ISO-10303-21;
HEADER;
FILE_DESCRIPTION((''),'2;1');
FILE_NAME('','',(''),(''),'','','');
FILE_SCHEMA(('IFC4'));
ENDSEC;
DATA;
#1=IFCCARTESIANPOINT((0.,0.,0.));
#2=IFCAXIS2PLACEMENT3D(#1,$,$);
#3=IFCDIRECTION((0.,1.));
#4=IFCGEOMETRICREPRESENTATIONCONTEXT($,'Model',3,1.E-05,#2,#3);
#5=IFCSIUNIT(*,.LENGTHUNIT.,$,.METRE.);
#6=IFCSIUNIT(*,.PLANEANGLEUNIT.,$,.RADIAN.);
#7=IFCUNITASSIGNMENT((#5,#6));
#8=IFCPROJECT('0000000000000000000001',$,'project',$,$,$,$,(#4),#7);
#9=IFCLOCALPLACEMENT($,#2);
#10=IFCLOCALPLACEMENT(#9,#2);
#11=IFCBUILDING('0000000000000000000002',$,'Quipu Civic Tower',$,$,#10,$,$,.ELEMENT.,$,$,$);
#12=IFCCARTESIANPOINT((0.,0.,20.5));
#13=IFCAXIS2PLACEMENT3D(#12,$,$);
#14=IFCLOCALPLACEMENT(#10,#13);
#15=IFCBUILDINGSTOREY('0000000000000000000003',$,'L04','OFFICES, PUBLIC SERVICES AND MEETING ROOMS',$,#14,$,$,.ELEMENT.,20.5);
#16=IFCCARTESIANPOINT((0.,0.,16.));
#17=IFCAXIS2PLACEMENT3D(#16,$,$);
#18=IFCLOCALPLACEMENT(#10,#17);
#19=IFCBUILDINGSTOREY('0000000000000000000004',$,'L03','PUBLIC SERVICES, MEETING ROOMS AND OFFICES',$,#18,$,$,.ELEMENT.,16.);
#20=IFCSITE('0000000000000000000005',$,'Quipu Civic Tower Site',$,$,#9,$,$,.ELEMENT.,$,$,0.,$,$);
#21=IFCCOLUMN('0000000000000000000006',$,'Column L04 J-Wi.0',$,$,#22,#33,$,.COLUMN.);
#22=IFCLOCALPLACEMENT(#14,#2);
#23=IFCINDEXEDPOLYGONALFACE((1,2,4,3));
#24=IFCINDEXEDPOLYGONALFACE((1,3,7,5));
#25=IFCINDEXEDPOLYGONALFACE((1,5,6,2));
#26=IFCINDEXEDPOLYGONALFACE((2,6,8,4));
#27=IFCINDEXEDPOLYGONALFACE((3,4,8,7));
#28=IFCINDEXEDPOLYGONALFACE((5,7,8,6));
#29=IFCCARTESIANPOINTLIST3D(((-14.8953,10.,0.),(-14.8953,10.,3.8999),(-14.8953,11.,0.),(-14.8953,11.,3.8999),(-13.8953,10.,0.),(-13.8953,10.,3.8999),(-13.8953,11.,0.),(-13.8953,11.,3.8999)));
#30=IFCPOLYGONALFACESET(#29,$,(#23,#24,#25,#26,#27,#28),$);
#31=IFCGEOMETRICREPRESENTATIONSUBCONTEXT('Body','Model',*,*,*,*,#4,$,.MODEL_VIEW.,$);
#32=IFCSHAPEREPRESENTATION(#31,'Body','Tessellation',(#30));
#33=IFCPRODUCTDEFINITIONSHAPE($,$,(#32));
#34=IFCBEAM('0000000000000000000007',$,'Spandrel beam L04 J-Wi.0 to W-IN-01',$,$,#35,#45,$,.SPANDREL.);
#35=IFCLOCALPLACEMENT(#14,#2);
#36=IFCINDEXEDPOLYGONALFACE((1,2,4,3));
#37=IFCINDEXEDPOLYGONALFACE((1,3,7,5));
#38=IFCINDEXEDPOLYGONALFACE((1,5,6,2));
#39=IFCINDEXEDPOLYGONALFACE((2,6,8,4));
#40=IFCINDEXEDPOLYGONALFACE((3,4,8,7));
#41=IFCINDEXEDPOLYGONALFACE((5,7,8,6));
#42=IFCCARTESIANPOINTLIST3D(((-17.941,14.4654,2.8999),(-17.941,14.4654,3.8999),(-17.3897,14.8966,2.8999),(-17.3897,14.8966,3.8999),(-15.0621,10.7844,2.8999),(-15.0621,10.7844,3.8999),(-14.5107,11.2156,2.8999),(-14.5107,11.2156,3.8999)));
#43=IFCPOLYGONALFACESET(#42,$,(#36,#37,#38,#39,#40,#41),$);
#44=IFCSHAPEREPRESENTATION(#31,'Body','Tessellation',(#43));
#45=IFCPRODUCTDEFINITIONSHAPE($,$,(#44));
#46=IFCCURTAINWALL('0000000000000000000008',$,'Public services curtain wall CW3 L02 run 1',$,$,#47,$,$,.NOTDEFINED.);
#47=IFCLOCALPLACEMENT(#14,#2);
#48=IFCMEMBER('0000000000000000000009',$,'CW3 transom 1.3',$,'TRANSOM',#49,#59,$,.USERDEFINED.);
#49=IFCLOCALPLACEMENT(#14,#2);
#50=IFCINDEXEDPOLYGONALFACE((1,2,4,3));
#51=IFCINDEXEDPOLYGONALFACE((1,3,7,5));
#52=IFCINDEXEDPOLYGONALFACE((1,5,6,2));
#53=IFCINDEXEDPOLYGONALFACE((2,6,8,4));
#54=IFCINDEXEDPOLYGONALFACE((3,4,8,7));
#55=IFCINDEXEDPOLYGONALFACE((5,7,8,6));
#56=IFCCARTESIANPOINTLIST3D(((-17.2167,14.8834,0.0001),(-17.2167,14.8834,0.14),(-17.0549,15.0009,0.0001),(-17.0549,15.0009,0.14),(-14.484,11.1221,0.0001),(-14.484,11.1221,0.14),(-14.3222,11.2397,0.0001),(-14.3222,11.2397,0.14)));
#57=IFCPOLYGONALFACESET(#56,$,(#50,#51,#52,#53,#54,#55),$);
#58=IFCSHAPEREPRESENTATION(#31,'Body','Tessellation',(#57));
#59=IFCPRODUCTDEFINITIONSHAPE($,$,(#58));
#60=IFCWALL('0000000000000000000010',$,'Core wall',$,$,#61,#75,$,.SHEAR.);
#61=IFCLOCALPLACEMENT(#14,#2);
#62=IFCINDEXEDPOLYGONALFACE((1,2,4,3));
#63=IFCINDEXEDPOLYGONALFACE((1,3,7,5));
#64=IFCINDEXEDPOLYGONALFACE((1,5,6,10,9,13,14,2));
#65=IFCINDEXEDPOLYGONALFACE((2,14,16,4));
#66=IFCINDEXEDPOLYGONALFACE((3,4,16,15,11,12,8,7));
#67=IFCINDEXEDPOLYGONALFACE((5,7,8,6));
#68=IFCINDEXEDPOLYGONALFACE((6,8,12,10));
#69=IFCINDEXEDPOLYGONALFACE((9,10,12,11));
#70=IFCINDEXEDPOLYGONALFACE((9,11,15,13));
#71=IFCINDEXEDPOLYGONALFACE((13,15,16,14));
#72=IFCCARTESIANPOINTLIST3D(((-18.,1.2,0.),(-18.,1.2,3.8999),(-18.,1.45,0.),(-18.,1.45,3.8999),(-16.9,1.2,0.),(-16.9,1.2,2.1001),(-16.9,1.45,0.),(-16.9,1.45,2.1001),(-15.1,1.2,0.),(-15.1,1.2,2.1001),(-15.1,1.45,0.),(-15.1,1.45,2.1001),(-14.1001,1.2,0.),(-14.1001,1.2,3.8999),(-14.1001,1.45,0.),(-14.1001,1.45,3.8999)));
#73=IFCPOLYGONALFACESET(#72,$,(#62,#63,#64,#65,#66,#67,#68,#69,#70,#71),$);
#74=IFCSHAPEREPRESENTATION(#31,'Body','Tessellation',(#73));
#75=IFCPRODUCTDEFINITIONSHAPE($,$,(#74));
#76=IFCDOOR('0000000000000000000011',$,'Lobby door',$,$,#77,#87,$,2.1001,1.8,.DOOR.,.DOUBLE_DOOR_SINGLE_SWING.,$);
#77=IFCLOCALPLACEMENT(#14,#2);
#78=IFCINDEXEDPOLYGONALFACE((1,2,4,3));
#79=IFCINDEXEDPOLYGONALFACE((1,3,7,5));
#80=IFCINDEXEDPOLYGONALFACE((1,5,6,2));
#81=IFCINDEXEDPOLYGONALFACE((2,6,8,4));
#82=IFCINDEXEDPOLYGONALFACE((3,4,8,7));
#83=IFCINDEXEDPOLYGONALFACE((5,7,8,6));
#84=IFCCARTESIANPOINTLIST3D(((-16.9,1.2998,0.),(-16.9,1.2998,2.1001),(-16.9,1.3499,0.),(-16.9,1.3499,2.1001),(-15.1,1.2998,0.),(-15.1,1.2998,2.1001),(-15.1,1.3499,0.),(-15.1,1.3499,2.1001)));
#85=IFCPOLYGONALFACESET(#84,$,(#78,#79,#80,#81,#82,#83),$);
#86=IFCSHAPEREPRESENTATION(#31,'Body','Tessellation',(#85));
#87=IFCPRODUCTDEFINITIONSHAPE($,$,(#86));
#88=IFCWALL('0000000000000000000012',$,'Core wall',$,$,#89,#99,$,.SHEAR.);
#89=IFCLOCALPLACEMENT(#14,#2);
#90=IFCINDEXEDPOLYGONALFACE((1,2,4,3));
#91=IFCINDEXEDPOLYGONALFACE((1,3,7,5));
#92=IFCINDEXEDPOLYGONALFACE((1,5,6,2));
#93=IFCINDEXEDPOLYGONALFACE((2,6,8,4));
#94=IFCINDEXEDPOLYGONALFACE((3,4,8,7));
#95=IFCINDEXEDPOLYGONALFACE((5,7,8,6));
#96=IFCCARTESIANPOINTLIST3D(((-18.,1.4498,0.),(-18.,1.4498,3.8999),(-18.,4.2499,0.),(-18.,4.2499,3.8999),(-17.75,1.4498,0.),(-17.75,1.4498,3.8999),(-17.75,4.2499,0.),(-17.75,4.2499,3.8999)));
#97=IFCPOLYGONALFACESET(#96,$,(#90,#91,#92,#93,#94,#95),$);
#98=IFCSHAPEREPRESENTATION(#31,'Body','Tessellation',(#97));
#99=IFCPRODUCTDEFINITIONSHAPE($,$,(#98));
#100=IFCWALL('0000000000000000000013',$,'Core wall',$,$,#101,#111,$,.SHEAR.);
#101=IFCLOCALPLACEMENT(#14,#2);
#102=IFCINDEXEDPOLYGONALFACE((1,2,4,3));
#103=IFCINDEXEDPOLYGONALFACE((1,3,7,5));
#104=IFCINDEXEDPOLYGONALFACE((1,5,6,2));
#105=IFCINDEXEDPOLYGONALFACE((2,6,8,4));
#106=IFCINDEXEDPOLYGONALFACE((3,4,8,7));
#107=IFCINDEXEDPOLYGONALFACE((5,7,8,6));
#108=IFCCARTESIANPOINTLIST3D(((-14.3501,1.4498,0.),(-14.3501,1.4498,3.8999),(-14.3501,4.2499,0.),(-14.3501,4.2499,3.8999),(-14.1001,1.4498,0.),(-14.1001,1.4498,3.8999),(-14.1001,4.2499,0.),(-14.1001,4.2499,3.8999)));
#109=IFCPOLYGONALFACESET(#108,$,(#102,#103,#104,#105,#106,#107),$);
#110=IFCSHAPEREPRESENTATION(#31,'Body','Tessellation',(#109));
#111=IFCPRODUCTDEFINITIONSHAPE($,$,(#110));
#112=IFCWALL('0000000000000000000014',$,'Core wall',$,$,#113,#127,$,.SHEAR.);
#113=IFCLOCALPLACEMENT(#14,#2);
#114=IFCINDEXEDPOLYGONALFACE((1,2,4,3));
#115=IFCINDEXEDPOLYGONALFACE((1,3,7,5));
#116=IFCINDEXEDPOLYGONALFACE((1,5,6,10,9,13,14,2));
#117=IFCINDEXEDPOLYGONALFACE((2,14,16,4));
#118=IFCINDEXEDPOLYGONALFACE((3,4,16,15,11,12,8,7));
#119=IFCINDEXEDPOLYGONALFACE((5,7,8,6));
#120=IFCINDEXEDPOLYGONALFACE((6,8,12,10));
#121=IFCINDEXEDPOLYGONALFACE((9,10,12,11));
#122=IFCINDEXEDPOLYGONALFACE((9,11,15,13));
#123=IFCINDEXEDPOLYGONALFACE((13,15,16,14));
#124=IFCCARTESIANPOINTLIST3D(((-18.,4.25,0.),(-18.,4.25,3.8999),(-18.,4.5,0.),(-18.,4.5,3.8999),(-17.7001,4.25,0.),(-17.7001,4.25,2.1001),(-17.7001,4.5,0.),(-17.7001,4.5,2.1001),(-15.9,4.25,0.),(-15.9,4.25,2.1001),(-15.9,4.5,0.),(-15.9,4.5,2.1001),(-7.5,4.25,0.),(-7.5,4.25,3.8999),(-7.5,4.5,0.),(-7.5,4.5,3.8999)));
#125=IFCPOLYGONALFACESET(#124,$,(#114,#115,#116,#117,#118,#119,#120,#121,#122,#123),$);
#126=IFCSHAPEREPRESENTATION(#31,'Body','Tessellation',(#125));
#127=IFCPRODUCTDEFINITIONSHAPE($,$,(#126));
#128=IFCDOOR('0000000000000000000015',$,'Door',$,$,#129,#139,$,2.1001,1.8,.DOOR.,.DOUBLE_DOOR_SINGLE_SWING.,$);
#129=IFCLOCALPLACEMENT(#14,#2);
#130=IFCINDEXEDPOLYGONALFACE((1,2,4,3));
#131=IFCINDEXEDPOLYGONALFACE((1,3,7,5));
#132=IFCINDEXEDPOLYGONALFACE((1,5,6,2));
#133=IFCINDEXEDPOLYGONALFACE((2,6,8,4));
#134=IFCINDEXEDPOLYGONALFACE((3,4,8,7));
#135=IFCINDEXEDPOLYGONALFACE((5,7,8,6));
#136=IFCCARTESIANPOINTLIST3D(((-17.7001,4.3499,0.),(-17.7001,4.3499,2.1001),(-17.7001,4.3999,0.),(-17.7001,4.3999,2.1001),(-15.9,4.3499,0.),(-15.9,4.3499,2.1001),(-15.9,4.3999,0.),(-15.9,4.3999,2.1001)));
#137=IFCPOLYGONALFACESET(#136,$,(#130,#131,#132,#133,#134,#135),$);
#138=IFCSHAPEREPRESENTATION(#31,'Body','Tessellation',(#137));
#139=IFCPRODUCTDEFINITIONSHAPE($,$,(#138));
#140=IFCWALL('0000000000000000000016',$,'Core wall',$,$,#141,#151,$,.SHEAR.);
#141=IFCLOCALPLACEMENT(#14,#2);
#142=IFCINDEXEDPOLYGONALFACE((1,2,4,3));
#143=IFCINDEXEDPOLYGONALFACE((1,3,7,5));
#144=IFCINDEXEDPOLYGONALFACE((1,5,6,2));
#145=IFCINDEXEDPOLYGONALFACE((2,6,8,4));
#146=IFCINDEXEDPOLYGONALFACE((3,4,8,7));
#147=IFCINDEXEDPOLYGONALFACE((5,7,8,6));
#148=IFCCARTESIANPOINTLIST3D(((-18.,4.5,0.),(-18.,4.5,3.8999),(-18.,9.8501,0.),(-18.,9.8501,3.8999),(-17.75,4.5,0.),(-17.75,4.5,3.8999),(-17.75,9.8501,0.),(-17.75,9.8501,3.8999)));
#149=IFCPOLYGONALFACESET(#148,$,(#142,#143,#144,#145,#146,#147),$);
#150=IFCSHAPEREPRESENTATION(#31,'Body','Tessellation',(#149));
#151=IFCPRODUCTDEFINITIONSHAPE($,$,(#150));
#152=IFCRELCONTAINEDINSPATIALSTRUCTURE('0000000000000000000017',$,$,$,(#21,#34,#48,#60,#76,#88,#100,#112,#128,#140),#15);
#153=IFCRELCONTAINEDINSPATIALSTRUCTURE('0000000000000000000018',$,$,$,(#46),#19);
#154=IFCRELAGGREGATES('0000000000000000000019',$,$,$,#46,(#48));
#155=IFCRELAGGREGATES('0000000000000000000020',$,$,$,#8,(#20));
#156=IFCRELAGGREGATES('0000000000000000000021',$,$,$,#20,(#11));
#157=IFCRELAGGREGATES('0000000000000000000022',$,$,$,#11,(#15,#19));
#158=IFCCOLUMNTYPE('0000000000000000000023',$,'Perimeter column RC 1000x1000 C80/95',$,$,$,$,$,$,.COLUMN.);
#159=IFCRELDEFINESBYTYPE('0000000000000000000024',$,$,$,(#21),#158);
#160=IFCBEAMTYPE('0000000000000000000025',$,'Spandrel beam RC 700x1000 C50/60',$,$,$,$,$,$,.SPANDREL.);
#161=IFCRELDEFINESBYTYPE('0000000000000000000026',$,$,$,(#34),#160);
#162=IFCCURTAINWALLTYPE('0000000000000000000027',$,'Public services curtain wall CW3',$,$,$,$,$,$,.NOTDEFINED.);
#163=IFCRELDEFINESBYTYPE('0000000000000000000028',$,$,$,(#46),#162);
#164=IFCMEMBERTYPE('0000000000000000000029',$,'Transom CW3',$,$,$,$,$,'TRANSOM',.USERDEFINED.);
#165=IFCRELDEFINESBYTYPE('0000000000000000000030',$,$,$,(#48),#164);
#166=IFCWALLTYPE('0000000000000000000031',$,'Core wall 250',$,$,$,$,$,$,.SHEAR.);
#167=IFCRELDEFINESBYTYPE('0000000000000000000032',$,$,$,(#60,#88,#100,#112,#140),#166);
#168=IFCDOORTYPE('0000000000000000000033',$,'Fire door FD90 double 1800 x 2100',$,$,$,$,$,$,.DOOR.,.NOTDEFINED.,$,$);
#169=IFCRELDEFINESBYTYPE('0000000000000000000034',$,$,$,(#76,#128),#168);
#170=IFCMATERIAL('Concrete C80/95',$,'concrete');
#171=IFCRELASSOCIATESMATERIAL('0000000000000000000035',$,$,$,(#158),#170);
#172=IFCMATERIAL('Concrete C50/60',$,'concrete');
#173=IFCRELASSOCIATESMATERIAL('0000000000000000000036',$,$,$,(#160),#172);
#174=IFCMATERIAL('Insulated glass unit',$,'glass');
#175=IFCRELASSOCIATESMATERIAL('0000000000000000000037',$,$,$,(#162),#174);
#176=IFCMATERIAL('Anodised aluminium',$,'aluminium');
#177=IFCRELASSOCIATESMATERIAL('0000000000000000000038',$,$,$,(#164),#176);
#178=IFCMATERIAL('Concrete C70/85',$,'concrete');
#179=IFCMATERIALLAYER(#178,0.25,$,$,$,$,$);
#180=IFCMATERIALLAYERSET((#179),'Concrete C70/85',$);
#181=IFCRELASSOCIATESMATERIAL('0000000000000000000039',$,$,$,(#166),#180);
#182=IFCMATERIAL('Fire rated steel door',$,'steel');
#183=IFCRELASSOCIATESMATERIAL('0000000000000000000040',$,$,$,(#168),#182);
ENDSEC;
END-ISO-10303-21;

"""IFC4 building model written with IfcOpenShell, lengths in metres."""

from ifc_helpers import new_model, si_unit, direction, frame, frame_2d, origin, origin_2d, place, context, subcontext, project, spatial, rectangle, extrude, material, layer, layer_set, material_profile, profile_set, type_object, element, fill, aggregate, save


model = new_model("IFC4")

# Units and contexts
model_context = context("Model", 3, precision=1e-05, world=origin(), true_north=direction((0.0, 1.0)))
body_context = subcontext(model_context, "Body", "Model", "MODEL_VIEW")
ifc_project = project(units=[si_unit("LENGTHUNIT", "METRE"), si_unit("PLANEANGLEUNIT", "RADIAN")], contexts=[model_context])

# Site, building, storey
site_placement = place(None, origin())
site = spatial("IfcSite", under=ifc_project, at=site_placement, Name="Quipu Civic Tower Site", CompositionType="ELEMENT", RefElevation=0.0)
building_placement = place(site_placement, origin())
building = spatial("IfcBuilding", under=site, at=building_placement, Name="Quipu Civic Tower", CompositionType="ELEMENT")
storey_1_placement = place(building_placement, frame((0.0, 0.0, 20.5)))
storey_1 = spatial("IfcBuildingStorey", under=building, at=storey_1_placement, Name="L04", Description="OFFICES, PUBLIC SERVICES AND MEETING ROOMS", CompositionType="ELEMENT", Elevation=20.5)

# Column
ifc_material_1 = material(Name="Concrete C80/95", Category="concrete")
ifc_material_profile_1 = material_profile(ifc_material_1, rectangle(XDim=1.0, YDim=1.0, at=origin_2d()), Name="RC1000x1000")
ifc_profile_set_1 = profile_set([ifc_material_profile_1], Name="Concrete C80/95")
column_type = type_object("IfcColumnType", Name="Perimeter column RC 1000x1000 C80/95", PredefinedType="COLUMN", material=ifc_profile_set_1)
column_placement = place(storey_1_placement, frame((-14.3953, 10.5, 0.0), z_axis=(0.0, 0.0, 1.0), x_axis=(-1.0, 0.0, 0.0)))
element("IfcColumn", 1, at=column_placement, inside=storey_1, type_object=column_type, Name="Column L04 J-Wi.0", PredefinedType="COLUMN", context=body_context, shape_type="SweptSolid", body=[
    extrude(rectangle(XDim=1.0, YDim=1.0, at=origin_2d()), origin(), (0.0, 0.0, 1.0), 3.8999),
])

# Beam
ifc_material_2 = material(Name="Concrete C50/60", Category="concrete")
ifc_material_profile_2 = material_profile(ifc_material_2, rectangle(XDim=0.7, YDim=1.0, at=origin_2d()), Name="RC700x1000")
ifc_profile_set_2 = profile_set([ifc_material_profile_2], Name="Concrete C50/60")
beam_type = type_object("IfcBeamType", Name="Spandrel beam RC 700x1000 C50/60", PredefinedType="SPANDREL", material=ifc_profile_set_2)
beam_placement = place(storey_1_placement, frame((-14.7864, 11.0, 3.3999), z_axis=(-0.616069, 0.787692, 0.0), x_axis=(-0.787692, -0.616069, 0.0)))
element("IfcBeam", 2, at=beam_placement, inside=storey_1, type_object=beam_type, Name="Spandrel beam L04 J-Wi.0 to W-IN-01", PredefinedType="SPANDREL", context=body_context, shape_type="SweptSolid", body=[
    extrude(rectangle(XDim=0.7, YDim=1.0, at=origin_2d()), origin(), (0.0, 0.0, 1.0), 4.6731),
])

# Shared definitions
storey_2_placement = place(building_placement, frame((0.0, 0.0, 16.0)))
storey_2 = spatial("IfcBuildingStorey", under=building, at=storey_2_placement, Name="L03", Description="PUBLIC SERVICES, MEETING ROOMS AND OFFICES", CompositionType="ELEMENT", Elevation=16.0)

# Curtain wall, member
ifc_material_3 = material(Name="Insulated glass unit", Category="glass")
curtain_wall_type = type_object("IfcCurtainWallType", Name="Public services curtain wall CW3", PredefinedType="NOTDEFINED", material=ifc_material_3)
curtain_wall_placement = place(storey_2_placement, origin())
curtain_wall = element("IfcCurtainWall", 3, at=curtain_wall_placement, inside=storey_2, type_object=curtain_wall_type, Name="Public services curtain wall CW3 L02 run 1", PredefinedType="NOTDEFINED")
ifc_material_4 = material(Name="Anodised aluminium", Category="aluminium")
ifc_material_profile_3 = material_profile(ifc_material_4, rectangle(XDim=0.2, YDim=0.1399, at=origin_2d()), Name="RECT 200x140")
ifc_profile_set_3 = profile_set([ifc_material_profile_3], Name="Anodised aluminium")
member_type = type_object("IfcMemberType", Name="Transom CW3", ElementType="TRANSOM", PredefinedType="USERDEFINED", material=ifc_profile_set_3)
member_placement = place(storey_1_placement, frame((-14.4031, 11.1809, 0.0701), z_axis=(-0.587781, 0.80902, 0.0), x_axis=(-0.80902, -0.587781, 0.0)))
member = element("IfcMember", 4, at=member_placement, inside=storey_1, type_object=member_type, Name="CW3 transom 1.3", ObjectType="TRANSOM", PredefinedType="USERDEFINED", context=body_context, shape_type="SweptSolid", body=[
    extrude(rectangle(XDim=0.2, YDim=0.1399, at=origin_2d()), origin(), (0.0, 0.0, 1.0), 4.6492),
])
aggregate(curtain_wall, [member])

# Wall, opening, door
ifc_material_5 = material(Name="Concrete C70/85", Category="concrete")
ifc_layer_1 = layer(ifc_material_5, 0.25)
ifc_layer_set_1 = layer_set([ifc_layer_1], Name="Concrete C70/85")
wall_type_1 = type_object("IfcWallType", Name="Core wall 250", PredefinedType="SHEAR", material=ifc_layer_set_1)
wall_1_placement = place(storey_1_placement, frame((-18.0, 1.325, 0.0), z_axis=(0.0, 0.0, 1.0), x_axis=(1.0, 0.0, 0.0)))
wall_1 = element("IfcWall", 5, at=wall_1_placement, inside=storey_1, type_object=wall_type_1, Name="Core wall", PredefinedType="SHEAR", context=body_context, shape_type="SweptSolid", body=[
    extrude(rectangle(XDim=3.8999, YDim=0.25, at=frame_2d((1.95, 0.0))), origin(), (0.0, 0.0, 1.0), 3.8999),
])
opening_1_placement = place(wall_1_placement, frame((1.1001, 0.0, 0.0)))
opening_1 = element("IfcOpeningElement", 6, at=opening_1_placement, cuts=wall_1, PredefinedType="OPENING", context=body_context, shape_type="SweptSolid", body=[
    extrude(rectangle(XDim=1.8, YDim=2.1001, at=frame_2d((0.8999, 1.05))), frame((0.0, 0.135, 0.0), z_axis=(0.0, -1.0, 0.0), x_axis=(1.0, 0.0, 0.0)), (0.0, 0.0, 1.0), 0.27),
])
ifc_material_6 = material(Name="Fire rated steel door", Category="steel")
door_type_1 = type_object("IfcDoorType", Name="Fire door FD90 double 1800 x 2100", OperationType="NOTDEFINED", PredefinedType="DOOR", material=ifc_material_6)
door_1_placement = place(opening_1_placement, origin())
door_1 = element("IfcDoor", 7, at=door_1_placement, inside=storey_1, type_object=door_type_1, Name="Lobby door", OperationType="DOUBLE_DOOR_SINGLE_SWING", OverallHeight=2.1001, OverallWidth=1.8, PredefinedType="DOOR", context=body_context, shape_type="SweptSolid", body=[
    extrude(rectangle(XDim=1.8, YDim=2.1001, at=frame_2d((0.8999, 1.05))), frame((0.0, 0.0249, 0.0), z_axis=(0.0, -1.0, 0.0), x_axis=(1.0, 0.0, 0.0)), (0.0, 0.0, 1.0), 0.05),
])
fill(opening_1, door_1)

# Walls
for number, where, z_axis, x_axis, name in (
    (8, (-17.875, 1.45, 0.0), (0.0, 0.0, 1.0), (0.0, 1.0, 0.0), "Core wall"),
    (9, (-14.2251, 1.45, 0.0), (0.0, 0.0, 1.0), (0.0, 1.0, 0.0), "Core wall"),
):
    element("IfcWall", number, at=place(storey_1_placement, frame(where, z_axis=z_axis, x_axis=x_axis)), inside=storey_1, type_object=wall_type_1, Name=name, PredefinedType="SHEAR", context=body_context, shape_type="SweptSolid", body=[
        extrude(rectangle(XDim=2.8, YDim=0.25, at=frame_2d((1.3999, 0.0))), origin(), (0.0, 0.0, 1.0), 3.8999),
    ])

# Wall, opening, door
wall_2_placement = place(storey_1_placement, frame((-18.0, 4.375, 0.0), z_axis=(0.0, 0.0, 1.0), x_axis=(1.0, 0.0, 0.0)))
wall_2 = element("IfcWall", 10, at=wall_2_placement, inside=storey_1, type_object=wall_type_1, Name="Core wall", PredefinedType="SHEAR", context=body_context, shape_type="SweptSolid", body=[
    extrude(rectangle(XDim=10.5, YDim=0.25, at=frame_2d((5.25, 0.0))), origin(), (0.0, 0.0, 1.0), 3.8999),
])
opening_2_placement = place(wall_2_placement, frame((0.3, 0.0, 0.0)))
opening_2 = element("IfcOpeningElement", 11, at=opening_2_placement, cuts=wall_2, PredefinedType="OPENING", context=body_context, shape_type="SweptSolid", body=[
    extrude(rectangle(XDim=1.8, YDim=2.1001, at=frame_2d((0.8999, 1.05))), frame((0.0, 0.135, 0.0), z_axis=(0.0, -1.0, 0.0), x_axis=(1.0, 0.0, 0.0)), (0.0, 0.0, 1.0), 0.27),
])
door_2_placement = place(opening_2_placement, origin())
door_2 = element("IfcDoor", 12, at=door_2_placement, inside=storey_1, type_object=door_type_1, Name="Door", OperationType="DOUBLE_DOOR_SINGLE_SWING", OverallHeight=2.1001, OverallWidth=1.8, PredefinedType="DOOR", context=body_context, shape_type="SweptSolid", body=[
    extrude(rectangle(XDim=1.8, YDim=2.1001, at=frame_2d((0.8999, 1.05))), frame((0.0, 0.0249, 0.0), z_axis=(0.0, -1.0, 0.0), x_axis=(1.0, 0.0, 0.0)), (0.0, 0.0, 1.0), 0.05),
])
fill(opening_2, door_2)

# Wall
wall_3_placement = place(storey_1_placement, frame((-17.875, 4.5, 0.0), z_axis=(0.0, 0.0, 1.0), x_axis=(0.0, 1.0, 0.0)))
element("IfcWall", 13, at=wall_3_placement, inside=storey_1, type_object=wall_type_1, Name="Core wall", PredefinedType="SHEAR", context=body_context, shape_type="SweptSolid", body=[
    extrude(rectangle(XDim=5.3501, YDim=0.25, at=frame_2d((2.675, 0.0))), origin(), (0.0, 0.0, 1.0), 3.8999),
])

save(model, "model.ifc")
